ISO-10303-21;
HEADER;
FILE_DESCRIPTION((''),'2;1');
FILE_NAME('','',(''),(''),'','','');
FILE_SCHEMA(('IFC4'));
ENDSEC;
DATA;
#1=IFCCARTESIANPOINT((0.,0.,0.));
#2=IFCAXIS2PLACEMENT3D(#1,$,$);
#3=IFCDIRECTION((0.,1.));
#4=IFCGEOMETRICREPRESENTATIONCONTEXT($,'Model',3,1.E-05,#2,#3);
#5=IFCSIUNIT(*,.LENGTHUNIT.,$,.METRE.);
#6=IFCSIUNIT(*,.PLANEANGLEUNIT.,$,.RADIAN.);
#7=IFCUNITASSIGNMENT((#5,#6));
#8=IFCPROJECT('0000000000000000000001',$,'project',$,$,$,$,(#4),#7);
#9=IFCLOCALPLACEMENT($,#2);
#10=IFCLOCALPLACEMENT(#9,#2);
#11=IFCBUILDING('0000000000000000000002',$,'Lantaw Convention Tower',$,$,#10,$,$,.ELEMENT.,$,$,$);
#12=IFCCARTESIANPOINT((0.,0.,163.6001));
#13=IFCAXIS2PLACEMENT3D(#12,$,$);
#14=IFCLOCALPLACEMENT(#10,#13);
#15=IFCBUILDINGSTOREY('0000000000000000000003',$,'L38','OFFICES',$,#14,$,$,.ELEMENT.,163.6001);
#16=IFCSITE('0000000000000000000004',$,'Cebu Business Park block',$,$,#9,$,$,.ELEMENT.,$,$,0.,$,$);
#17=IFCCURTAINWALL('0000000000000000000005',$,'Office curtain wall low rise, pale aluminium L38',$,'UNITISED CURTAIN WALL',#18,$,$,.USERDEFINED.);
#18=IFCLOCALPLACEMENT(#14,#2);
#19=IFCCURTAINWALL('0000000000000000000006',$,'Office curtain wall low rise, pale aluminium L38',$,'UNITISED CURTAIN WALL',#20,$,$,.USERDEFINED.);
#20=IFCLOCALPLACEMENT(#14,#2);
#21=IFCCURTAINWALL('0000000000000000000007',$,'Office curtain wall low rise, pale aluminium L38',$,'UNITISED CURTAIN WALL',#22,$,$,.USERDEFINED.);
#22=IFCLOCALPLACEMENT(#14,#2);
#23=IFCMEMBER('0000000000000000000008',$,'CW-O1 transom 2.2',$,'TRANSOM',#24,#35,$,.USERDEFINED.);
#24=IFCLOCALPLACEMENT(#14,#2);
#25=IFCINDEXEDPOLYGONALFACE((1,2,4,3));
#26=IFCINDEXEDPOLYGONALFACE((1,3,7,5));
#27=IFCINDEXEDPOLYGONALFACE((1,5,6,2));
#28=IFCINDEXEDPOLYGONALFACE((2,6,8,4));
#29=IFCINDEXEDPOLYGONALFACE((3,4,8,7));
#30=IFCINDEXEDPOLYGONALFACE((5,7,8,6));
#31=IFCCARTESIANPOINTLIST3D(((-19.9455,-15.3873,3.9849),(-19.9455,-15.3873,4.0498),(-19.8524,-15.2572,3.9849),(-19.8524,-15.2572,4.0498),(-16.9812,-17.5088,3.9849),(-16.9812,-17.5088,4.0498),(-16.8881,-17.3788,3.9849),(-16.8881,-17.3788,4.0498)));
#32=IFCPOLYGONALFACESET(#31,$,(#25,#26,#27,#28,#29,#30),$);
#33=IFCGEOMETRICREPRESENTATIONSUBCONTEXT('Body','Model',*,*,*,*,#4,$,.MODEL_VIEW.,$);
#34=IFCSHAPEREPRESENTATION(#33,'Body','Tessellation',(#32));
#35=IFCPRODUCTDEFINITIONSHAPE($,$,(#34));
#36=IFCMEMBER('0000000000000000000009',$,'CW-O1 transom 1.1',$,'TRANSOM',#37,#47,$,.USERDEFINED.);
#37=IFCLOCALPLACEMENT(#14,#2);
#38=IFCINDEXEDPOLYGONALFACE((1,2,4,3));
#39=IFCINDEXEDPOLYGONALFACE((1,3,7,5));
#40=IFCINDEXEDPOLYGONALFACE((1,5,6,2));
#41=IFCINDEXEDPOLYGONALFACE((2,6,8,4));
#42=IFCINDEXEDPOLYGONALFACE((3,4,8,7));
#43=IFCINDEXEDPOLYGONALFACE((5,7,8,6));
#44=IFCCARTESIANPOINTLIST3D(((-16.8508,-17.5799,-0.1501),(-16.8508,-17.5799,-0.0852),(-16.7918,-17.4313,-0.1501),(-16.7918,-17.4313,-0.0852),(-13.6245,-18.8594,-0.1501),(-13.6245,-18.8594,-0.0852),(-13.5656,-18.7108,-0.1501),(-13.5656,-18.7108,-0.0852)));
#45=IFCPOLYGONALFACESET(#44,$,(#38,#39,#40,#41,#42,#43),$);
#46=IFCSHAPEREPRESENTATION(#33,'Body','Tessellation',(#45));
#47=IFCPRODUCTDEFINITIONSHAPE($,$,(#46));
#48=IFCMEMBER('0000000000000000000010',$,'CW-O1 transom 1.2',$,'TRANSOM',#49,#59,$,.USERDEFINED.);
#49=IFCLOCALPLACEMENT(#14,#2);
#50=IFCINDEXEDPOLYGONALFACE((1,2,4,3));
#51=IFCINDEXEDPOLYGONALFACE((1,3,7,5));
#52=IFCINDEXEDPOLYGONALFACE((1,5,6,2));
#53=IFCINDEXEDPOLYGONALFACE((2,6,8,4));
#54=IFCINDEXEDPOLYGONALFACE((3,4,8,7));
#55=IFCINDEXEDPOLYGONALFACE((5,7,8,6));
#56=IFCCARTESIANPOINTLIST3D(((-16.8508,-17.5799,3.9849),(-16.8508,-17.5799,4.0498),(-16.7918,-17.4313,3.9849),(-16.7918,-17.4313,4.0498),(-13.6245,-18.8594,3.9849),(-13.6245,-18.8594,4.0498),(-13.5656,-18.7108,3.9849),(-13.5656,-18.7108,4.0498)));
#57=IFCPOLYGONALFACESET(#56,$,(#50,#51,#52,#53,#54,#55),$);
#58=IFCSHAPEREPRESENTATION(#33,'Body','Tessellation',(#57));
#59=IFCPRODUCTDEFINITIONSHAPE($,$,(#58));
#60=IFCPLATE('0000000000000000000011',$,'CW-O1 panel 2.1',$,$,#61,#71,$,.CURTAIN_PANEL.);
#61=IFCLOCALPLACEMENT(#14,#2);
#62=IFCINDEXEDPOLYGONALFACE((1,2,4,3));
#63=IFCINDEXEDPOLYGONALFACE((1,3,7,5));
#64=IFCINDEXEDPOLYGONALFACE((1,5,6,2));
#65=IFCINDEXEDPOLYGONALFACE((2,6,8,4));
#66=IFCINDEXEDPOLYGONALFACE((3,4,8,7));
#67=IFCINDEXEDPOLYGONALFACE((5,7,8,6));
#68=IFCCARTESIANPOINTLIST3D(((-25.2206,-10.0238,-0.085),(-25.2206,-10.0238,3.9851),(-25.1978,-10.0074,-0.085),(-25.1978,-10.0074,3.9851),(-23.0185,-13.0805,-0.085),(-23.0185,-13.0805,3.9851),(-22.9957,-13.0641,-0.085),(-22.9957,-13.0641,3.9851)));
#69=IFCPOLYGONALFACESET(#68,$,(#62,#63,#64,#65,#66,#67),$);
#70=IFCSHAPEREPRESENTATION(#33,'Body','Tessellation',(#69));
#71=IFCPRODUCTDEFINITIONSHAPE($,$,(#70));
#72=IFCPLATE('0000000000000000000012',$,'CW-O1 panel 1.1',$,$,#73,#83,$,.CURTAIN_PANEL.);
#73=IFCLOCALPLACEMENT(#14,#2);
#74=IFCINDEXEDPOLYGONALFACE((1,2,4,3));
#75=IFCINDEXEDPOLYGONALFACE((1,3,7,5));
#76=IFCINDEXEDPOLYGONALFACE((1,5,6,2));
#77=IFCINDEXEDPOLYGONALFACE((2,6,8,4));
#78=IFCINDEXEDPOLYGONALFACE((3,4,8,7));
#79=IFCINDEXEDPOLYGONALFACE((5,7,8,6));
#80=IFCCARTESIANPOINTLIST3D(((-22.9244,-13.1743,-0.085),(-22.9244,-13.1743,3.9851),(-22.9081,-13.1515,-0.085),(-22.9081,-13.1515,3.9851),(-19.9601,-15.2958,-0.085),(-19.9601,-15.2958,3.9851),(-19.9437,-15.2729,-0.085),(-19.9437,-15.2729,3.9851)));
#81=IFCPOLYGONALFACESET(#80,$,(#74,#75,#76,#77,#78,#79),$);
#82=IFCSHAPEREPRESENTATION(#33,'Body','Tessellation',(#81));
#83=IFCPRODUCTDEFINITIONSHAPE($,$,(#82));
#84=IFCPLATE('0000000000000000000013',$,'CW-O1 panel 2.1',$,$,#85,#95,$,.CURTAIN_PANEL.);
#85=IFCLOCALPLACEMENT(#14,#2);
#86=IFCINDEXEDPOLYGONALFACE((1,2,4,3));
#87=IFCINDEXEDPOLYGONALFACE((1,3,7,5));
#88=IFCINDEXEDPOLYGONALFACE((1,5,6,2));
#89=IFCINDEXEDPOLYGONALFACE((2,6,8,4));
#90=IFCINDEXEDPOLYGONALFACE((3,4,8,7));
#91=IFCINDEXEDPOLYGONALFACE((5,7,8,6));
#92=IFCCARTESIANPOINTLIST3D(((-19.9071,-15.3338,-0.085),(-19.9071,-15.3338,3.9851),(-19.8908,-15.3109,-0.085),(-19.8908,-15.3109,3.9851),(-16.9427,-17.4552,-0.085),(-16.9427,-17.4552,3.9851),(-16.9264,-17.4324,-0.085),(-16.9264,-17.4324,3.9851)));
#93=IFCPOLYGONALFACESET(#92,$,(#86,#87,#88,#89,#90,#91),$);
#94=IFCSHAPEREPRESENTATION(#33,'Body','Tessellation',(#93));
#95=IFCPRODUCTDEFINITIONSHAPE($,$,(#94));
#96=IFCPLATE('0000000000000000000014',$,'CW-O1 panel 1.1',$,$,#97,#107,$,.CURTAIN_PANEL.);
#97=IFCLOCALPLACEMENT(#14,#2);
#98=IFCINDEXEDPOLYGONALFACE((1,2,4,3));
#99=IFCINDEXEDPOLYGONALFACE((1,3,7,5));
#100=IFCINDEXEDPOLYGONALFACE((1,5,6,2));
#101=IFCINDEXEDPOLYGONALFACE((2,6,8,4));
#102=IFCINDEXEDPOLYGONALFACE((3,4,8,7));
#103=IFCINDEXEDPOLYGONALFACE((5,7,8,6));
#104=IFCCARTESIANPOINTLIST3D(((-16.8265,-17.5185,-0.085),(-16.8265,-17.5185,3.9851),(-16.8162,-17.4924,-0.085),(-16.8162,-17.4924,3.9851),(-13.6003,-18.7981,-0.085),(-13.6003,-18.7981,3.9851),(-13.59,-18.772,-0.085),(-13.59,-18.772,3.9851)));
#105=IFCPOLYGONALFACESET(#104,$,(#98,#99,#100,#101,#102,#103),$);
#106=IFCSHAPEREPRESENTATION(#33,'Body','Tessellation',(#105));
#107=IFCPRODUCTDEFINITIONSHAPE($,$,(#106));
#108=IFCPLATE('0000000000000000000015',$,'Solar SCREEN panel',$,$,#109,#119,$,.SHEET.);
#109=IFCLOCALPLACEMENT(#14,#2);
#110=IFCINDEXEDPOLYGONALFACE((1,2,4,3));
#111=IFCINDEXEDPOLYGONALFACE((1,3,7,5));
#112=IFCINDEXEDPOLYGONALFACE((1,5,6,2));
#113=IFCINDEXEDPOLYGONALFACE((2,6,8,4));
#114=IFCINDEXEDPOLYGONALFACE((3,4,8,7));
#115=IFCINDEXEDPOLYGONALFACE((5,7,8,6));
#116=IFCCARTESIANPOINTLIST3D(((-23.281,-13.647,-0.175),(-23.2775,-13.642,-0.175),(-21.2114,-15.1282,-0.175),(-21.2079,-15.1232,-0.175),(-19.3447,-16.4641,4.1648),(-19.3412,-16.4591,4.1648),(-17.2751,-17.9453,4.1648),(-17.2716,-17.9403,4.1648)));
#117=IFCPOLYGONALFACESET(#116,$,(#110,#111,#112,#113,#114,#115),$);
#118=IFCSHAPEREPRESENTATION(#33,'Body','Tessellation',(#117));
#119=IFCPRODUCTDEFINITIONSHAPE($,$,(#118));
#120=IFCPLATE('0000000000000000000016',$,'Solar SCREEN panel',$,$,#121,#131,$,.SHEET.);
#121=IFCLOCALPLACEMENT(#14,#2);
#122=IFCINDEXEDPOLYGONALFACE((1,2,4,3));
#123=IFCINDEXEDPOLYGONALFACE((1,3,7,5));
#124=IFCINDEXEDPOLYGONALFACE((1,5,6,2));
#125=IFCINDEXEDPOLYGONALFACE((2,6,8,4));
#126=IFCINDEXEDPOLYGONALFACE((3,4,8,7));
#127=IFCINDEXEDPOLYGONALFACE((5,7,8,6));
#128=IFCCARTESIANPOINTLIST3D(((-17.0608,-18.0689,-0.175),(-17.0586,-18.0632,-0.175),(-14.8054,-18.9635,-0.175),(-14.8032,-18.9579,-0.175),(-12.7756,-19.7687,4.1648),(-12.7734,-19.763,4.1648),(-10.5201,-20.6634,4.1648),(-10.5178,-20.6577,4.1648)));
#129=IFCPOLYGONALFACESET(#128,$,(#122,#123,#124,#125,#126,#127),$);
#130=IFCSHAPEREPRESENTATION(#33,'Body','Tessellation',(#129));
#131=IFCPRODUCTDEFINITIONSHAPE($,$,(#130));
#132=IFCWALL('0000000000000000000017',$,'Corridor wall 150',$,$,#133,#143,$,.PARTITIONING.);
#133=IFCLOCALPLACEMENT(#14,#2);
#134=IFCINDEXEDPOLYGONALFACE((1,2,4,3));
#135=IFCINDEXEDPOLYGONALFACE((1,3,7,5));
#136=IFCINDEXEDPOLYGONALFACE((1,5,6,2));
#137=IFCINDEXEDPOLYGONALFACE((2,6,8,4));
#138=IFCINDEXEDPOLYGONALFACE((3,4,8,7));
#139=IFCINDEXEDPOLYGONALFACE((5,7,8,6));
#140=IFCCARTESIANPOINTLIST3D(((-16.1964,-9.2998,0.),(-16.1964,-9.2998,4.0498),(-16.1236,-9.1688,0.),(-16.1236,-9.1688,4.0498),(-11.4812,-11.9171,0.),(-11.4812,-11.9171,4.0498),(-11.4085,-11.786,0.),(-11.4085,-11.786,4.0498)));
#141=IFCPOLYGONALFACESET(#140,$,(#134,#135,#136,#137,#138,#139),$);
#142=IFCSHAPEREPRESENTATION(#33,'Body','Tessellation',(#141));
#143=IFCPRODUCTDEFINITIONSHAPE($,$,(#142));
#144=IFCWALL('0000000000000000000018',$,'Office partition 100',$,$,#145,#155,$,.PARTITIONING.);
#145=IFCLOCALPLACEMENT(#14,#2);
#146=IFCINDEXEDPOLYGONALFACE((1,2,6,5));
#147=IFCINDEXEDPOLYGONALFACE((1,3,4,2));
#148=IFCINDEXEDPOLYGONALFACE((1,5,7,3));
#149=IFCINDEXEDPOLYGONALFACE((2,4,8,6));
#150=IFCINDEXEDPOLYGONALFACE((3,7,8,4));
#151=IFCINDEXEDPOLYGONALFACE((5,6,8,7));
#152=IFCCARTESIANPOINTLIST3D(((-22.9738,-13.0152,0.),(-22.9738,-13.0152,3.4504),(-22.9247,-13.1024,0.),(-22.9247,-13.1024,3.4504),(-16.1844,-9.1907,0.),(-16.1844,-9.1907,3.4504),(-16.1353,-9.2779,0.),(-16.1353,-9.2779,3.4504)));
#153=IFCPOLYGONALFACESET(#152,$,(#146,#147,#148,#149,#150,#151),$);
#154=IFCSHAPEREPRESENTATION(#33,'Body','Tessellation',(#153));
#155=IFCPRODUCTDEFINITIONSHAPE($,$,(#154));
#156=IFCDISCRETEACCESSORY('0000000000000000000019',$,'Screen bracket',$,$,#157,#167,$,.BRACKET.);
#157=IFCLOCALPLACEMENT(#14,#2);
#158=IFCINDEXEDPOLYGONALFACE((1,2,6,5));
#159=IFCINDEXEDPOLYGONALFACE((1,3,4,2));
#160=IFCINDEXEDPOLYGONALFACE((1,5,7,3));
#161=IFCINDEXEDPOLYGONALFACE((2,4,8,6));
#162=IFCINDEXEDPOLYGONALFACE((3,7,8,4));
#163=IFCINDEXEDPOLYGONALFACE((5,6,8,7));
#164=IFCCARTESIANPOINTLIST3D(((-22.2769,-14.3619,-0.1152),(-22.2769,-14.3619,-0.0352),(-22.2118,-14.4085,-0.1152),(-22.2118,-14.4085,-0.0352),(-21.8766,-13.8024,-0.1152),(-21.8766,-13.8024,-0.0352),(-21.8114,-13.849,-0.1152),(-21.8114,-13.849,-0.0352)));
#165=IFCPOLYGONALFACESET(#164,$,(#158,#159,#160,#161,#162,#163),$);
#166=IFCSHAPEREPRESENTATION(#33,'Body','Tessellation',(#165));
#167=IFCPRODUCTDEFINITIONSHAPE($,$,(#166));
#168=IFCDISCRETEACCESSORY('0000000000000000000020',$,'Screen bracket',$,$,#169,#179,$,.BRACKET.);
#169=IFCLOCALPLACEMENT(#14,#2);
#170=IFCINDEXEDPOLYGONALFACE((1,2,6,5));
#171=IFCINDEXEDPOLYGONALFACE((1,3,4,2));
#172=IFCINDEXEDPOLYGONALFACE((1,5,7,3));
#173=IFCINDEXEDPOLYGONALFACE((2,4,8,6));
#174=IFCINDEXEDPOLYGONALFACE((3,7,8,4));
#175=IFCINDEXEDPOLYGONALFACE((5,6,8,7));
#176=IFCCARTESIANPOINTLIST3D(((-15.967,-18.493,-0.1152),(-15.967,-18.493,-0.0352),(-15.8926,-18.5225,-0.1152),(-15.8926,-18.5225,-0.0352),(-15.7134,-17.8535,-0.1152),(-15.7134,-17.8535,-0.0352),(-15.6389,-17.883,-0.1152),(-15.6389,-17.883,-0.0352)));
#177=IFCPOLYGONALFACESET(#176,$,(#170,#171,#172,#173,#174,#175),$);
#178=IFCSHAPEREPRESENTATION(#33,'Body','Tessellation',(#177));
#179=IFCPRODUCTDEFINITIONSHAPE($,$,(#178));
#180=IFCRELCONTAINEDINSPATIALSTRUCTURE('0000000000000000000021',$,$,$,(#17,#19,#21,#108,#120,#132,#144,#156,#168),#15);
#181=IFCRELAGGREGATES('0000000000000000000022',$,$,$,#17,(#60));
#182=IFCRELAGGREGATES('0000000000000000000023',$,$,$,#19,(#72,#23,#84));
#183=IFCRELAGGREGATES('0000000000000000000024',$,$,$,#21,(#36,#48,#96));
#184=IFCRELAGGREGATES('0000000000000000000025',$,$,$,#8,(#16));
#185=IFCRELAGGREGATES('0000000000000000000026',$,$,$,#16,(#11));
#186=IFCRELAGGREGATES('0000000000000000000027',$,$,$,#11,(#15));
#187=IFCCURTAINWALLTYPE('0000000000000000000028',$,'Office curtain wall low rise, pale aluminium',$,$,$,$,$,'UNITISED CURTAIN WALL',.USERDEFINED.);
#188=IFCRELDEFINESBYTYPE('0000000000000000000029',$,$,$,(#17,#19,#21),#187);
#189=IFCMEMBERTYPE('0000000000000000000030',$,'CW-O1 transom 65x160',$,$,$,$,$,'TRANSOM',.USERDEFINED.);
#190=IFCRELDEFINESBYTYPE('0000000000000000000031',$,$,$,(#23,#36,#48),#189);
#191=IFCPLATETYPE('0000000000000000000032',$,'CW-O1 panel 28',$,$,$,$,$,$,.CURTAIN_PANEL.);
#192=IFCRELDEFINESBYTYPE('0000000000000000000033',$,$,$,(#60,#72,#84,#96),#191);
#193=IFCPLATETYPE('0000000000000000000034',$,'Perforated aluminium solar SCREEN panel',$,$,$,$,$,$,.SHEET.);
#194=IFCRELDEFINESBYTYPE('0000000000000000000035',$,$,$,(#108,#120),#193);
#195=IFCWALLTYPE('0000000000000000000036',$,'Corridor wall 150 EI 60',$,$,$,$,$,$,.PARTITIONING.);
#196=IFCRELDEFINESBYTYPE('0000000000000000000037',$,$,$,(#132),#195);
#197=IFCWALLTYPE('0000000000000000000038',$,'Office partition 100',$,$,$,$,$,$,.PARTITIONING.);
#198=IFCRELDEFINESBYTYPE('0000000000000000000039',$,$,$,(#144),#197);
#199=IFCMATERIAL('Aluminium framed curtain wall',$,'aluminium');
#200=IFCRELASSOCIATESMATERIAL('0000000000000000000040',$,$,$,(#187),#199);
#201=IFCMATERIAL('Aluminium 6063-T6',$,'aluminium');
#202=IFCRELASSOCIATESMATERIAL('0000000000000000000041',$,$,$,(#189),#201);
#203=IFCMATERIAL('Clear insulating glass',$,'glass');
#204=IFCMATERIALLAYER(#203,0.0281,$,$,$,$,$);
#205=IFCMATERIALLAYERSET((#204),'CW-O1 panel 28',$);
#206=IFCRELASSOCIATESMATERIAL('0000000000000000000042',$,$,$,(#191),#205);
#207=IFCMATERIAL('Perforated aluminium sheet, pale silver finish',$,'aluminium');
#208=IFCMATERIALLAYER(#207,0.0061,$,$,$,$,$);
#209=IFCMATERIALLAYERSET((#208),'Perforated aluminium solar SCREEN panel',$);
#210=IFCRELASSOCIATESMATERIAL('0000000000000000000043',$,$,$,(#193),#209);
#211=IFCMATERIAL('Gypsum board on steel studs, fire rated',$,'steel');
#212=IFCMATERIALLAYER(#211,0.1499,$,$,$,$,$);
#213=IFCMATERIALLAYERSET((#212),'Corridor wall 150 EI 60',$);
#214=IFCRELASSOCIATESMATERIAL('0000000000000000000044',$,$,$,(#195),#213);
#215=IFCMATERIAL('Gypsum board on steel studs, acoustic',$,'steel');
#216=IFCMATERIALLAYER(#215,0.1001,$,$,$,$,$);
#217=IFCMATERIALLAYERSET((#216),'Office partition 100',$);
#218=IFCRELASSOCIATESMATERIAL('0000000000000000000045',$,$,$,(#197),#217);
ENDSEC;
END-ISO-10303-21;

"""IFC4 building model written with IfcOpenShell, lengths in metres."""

from ifc_helpers import new_model, si_unit, direction, frame, frame_2d, origin, origin_2d, place, context, subcontext, project, spatial, polyline, rectangle, outline, extrude, material, layer, layer_set, material_profile, profile_set, type_object, element, aggregate, save


model = new_model("IFC4")

# Units and contexts
model_context = context("Model", 3, precision=1e-05, world=origin(), true_north=direction((0.0, 1.0)))
body_context = subcontext(model_context, "Body", "Model", "MODEL_VIEW")
ifc_project = project(units=[si_unit("LENGTHUNIT", "METRE"), si_unit("PLANEANGLEUNIT", "RADIAN")], contexts=[model_context])

# Site, building, storey
site_placement = place(None, origin())
site = spatial("IfcSite", under=ifc_project, at=site_placement, Name="Cebu Business Park block", CompositionType="ELEMENT", RefElevation=0.0)
building_placement = place(site_placement, origin())
building = spatial("IfcBuilding", under=site, at=building_placement, Name="Lantaw Convention Tower", CompositionType="ELEMENT")
storey_placement = place(building_placement, frame((0.0, 0.0, 163.6001)))
storey = spatial("IfcBuildingStorey", under=building, at=storey_placement, Name="L38", Description="OFFICES", CompositionType="ELEMENT", Elevation=163.6001)

# Curtain walls
ifc_material_1 = material(Name="Aluminium framed curtain wall", Category="aluminium")
curtain_wall_type = type_object("IfcCurtainWallType", Name="Office curtain wall low rise, pale aluminium", ElementType="UNITISED CURTAIN WALL", PredefinedType="USERDEFINED", material=ifc_material_1)
curtain_wall_1_placement = place(storey_placement, origin())
curtain_wall_1 = element("IfcCurtainWall", 1, at=curtain_wall_1_placement, inside=storey, type_object=curtain_wall_type, Name="Office curtain wall low rise, pale aluminium L38", ObjectType="UNITISED CURTAIN WALL", PredefinedType="USERDEFINED")
ifc_material_2 = material(Name="Aluminium 6063-T6", Category="aluminium")
curtain_wall_2_placement = place(storey_placement, origin())
curtain_wall_2 = element("IfcCurtainWall", 2, at=curtain_wall_2_placement, inside=storey, type_object=curtain_wall_type, Name="Office curtain wall low rise, pale aluminium L38", ObjectType="UNITISED CURTAIN WALL", PredefinedType="USERDEFINED")

# Curtain wall
curtain_wall_3_placement = place(storey_placement, origin())
curtain_wall_3 = element("IfcCurtainWall", 3, at=curtain_wall_3_placement, inside=storey, type_object=curtain_wall_type, Name="Office curtain wall low rise, pale aluminium L38", ObjectType="UNITISED CURTAIN WALL", PredefinedType="USERDEFINED")

# Members
ifc_material_profile_1 = material_profile(ifc_material_2, rectangle(XDim=0.1599, YDim=0.0649, at=origin_2d()), Name="CW-O1 transom 65x160")
ifc_profile_set_1 = profile_set([ifc_material_profile_1], Name="Aluminium 6063-T6")
member_type_1 = type_object("IfcMemberType", Name="CW-O1 transom 65x160", ElementType="TRANSOM", PredefinedType="USERDEFINED", material=ifc_profile_set_1)
member_1_placement = place(storey_placement, frame((-19.8989, -15.3223, 4.0173), z_axis=(0.81319, -0.581998, 0.0), x_axis=(0.581998, 0.81319, 0.0)))
member_1 = element("IfcMember", 4, at=member_1_placement, type_object=member_type_1, Name="CW-O1 transom 2.2", ObjectType="TRANSOM", PredefinedType="USERDEFINED", context=body_context, shape_type="SweptSolid", body=[
    extrude(rectangle(XDim=0.1599, YDim=0.0649, at=origin_2d()), origin(), (0.0, 0.0, 1.0), 3.6453),
])
member_2_placement = place(storey_placement, frame((-16.8213, -17.5056, -0.1177), z_axis=(0.929564, -0.36866, 0.0), x_axis=(0.36866, 0.929564, 0.0)))
member_2 = element("IfcMember", 5, at=member_2_placement, type_object=member_type_1, Name="CW-O1 transom 1.1", ObjectType="TRANSOM", PredefinedType="USERDEFINED", context=body_context, shape_type="SweptSolid", body=[
    extrude(rectangle(XDim=0.1599, YDim=0.0649, at=origin_2d()), origin(), (0.0, 0.0, 1.0), 3.4707),
])
member_3_placement = place(storey_placement, frame((-16.8213, -17.5056, 4.0173), z_axis=(0.929564, -0.36866, 0.0), x_axis=(0.36866, 0.929564, 0.0)))
member_3 = element("IfcMember", 6, at=member_3_placement, type_object=member_type_1, Name="CW-O1 transom 1.2", ObjectType="TRANSOM", PredefinedType="USERDEFINED", context=body_context, shape_type="SweptSolid", body=[
    extrude(rectangle(XDim=0.1599, YDim=0.0649, at=origin_2d()), origin(), (0.0, 0.0, 1.0), 3.4707),
])

# Plates
ifc_material_3 = material(Name="Clear insulating glass", Category="glass")
ifc_layer_1 = layer(ifc_material_3, 0.0281)
ifc_layer_set_1 = layer_set([ifc_layer_1], Name="CW-O1 panel 28")
plate_type_1 = type_object("IfcPlateType", Name="CW-O1 panel 28", PredefinedType="CURTAIN_PANEL", material=ifc_layer_set_1)
plate_1_placement = place(storey_placement, frame((-24.1082, -11.5439, -0.085), z_axis=(0.0, 0.0, 1.0), x_axis=(0.584513, -0.811385, 0.0)))
plate_1 = element("IfcPlate", 7, at=plate_1_placement, type_object=plate_type_1, Name="CW-O1 panel 2.1", PredefinedType="CURTAIN_PANEL", context=body_context, shape_type="SweptSolid", body=[
    extrude(rectangle(XDim=3.7673, YDim=0.0281, at=origin_2d()), origin(), (0.0, 0.0, 1.0), 4.0701),
])
aggregate(curtain_wall_1, [plate_1])
plate_2_placement = place(storey_placement, frame((-21.4341, -14.2236, -0.085), z_axis=(0.0, 0.0, 1.0), x_axis=(0.813208, -0.581973, 0.0)))
plate_2 = element("IfcPlate", 8, at=plate_2_placement, type_object=plate_type_1, Name="CW-O1 panel 1.1", PredefinedType="CURTAIN_PANEL", context=body_context, shape_type="SweptSolid", body=[
    extrude(rectangle(XDim=3.6453, YDim=0.0281, at=origin_2d()), origin(), (0.0, 0.0, 1.0), 4.0701),
])
plate_3_placement = place(storey_placement, frame((-18.4167, -16.3831, -0.085), z_axis=(0.0, 0.0, 1.0), x_axis=(0.813208, -0.581973, 0.0)))
plate_3 = element("IfcPlate", 9, at=plate_3_placement, type_object=plate_type_1, Name="CW-O1 panel 2.1", PredefinedType="CURTAIN_PANEL", context=body_context, shape_type="SweptSolid", body=[
    extrude(rectangle(XDim=3.6453, YDim=0.0281, at=origin_2d()), origin(), (0.0, 0.0, 1.0), 4.0701),
])
aggregate(curtain_wall_2, [plate_2, member_1, plate_3])
plate_4_placement = place(storey_placement, frame((-15.2083, -18.1453, -0.085), z_axis=(0.0, 0.0, 1.0), x_axis=(0.929548, -0.368702, 0.0)))
plate_4 = element("IfcPlate", 10, at=plate_4_placement, type_object=plate_type_1, Name="CW-O1 panel 1.1", PredefinedType="CURTAIN_PANEL", context=body_context, shape_type="SweptSolid", body=[
    extrude(rectangle(XDim=3.4707, YDim=0.0281, at=origin_2d()), origin(), (0.0, 0.0, 1.0), 4.0701),
])
aggregate(curtain_wall_3, [member_2, member_3, plate_4])

# Plates
ifc_material_4 = material(Name="Perforated aluminium sheet, pale silver finish", Category="aluminium")
ifc_layer_2 = layer(ifc_material_4, 0.0061)
ifc_layer_set_2 = layer_set([ifc_layer_2], Name="Perforated aluminium solar SCREEN panel")
plate_type_2 = type_object("IfcPlateType", Name="Perforated aluminium solar SCREEN panel", PredefinedType="SHEET", material=ifc_layer_set_2)
plate_5_placement = place(storey_placement, frame((-23.281, -13.647, -0.175), z_axis=(-0.582, -0.813189, 0.000012), x_axis=(0.813189, -0.582, 0.0)))
element("IfcPlate", 11, at=plate_5_placement, inside=storey, type_object=plate_type_2, Name="Solar SCREEN panel", PredefinedType="SHEET", context=body_context, shape_type="SweptSolid", body=[
    extrude(outline(polyline([(0.0, 0.0), (2.545, 0.0), (7.3855, 4.3398), (4.8405, 4.3398), (0.0, 0.0)])), origin(), (0.0, 0.0, -1.0), 0.0061),
])
plate_6_placement = place(storey_placement, frame((-17.0586, -18.0632, -0.175), z_axis=(0.368709, 0.929545, 0.000011), x_axis=(0.929545, -0.368709, 0.0)))
element("IfcPlate", 12, at=plate_6_placement, inside=storey, type_object=plate_type_2, Name="Solar SCREEN panel", PredefinedType="SHEET", context=body_context, shape_type="SweptSolid", body=[
    extrude(outline(polyline([(0.0, 0.0), (2.4264, 0.0), (7.0365, -4.3398), (4.61, -4.3398), (0.0, 0.0)])), origin(), (0.0, 0.0, -1.0), 0.0061),
])

# Walls
ifc_material_5 = material(Name="Gypsum board on steel studs, fire rated", Category="steel")
ifc_layer_3 = layer(ifc_material_5, 0.1499)
ifc_layer_set_3 = layer_set([ifc_layer_3], Name="Corridor wall 150 EI 60")
wall_type_1 = type_object("IfcWallType", Name="Corridor wall 150 EI 60", PredefinedType="PARTITIONING", material=ifc_layer_set_3)
wall_1_placement = place(storey_placement, frame((-16.1599, -9.2344, 0.0), z_axis=(0.0, 0.0, 1.0), x_axis=(0.874339, -0.485316, 0.0)))
element("IfcWall", 13, at=wall_1_placement, inside=storey, type_object=wall_type_1, Name="Corridor wall 150", PredefinedType="PARTITIONING", context=body_context, shape_type="SweptSolid", body=[
    extrude(rectangle(XDim=5.3928, YDim=0.1499, at=frame_2d((2.6963, 0.0))), origin(), (0.0, 0.0, 1.0), 4.0498),
])
ifc_material_6 = material(Name="Gypsum board on steel studs, acoustic", Category="steel")
ifc_layer_4 = layer(ifc_material_6, 0.1001)
ifc_layer_set_4 = layer_set([ifc_layer_4], Name="Office partition 100")
wall_type_2 = type_object("IfcWallType", Name="Office partition 100", PredefinedType="PARTITIONING", material=ifc_layer_set_4)
wall_2_placement = place(storey_placement, frame((-22.9492, -13.0588, 0.0), z_axis=(0.0, 0.0, 1.0), x_axis=(0.871275, 0.490795, 0.0)))
element("IfcWall", 14, at=wall_2_placement, inside=storey, type_object=wall_type_2, Name="Office partition 100", PredefinedType="PARTITIONING", context=body_context, shape_type="SweptSolid", body=[
    extrude(rectangle(XDim=7.7925, YDim=0.1001, at=frame_2d((3.8962, 0.0))), origin(), (0.0, 0.0, 1.0), 3.4504),
])

# Discrete accessories
for number, where, z_axis, x_axis, name in (
    (15, (-22.0442, -14.1055, -0.1152), (0.0, 0.0, 1.0), (0.813208, -0.581973, 0.0), "Screen bracket"),
    (16, (-15.803, -18.188, -0.1152), (0.0, 0.0, 1.0), (0.929548, -0.368702, 0.0), "Screen bracket"),
):
    element("IfcDiscreteAccessory", number, at=place(storey_placement, frame(where, z_axis=z_axis, x_axis=x_axis)), inside=storey, Name=name, PredefinedType="BRACKET", context=body_context, shape_type="SweptSolid", body=[
        extrude(rectangle(XDim=0.0801, YDim=0.688, at=origin_2d()), origin(), (0.0, 0.0, 1.0), 0.0801),
    ])

save(model, "model.ifc")
